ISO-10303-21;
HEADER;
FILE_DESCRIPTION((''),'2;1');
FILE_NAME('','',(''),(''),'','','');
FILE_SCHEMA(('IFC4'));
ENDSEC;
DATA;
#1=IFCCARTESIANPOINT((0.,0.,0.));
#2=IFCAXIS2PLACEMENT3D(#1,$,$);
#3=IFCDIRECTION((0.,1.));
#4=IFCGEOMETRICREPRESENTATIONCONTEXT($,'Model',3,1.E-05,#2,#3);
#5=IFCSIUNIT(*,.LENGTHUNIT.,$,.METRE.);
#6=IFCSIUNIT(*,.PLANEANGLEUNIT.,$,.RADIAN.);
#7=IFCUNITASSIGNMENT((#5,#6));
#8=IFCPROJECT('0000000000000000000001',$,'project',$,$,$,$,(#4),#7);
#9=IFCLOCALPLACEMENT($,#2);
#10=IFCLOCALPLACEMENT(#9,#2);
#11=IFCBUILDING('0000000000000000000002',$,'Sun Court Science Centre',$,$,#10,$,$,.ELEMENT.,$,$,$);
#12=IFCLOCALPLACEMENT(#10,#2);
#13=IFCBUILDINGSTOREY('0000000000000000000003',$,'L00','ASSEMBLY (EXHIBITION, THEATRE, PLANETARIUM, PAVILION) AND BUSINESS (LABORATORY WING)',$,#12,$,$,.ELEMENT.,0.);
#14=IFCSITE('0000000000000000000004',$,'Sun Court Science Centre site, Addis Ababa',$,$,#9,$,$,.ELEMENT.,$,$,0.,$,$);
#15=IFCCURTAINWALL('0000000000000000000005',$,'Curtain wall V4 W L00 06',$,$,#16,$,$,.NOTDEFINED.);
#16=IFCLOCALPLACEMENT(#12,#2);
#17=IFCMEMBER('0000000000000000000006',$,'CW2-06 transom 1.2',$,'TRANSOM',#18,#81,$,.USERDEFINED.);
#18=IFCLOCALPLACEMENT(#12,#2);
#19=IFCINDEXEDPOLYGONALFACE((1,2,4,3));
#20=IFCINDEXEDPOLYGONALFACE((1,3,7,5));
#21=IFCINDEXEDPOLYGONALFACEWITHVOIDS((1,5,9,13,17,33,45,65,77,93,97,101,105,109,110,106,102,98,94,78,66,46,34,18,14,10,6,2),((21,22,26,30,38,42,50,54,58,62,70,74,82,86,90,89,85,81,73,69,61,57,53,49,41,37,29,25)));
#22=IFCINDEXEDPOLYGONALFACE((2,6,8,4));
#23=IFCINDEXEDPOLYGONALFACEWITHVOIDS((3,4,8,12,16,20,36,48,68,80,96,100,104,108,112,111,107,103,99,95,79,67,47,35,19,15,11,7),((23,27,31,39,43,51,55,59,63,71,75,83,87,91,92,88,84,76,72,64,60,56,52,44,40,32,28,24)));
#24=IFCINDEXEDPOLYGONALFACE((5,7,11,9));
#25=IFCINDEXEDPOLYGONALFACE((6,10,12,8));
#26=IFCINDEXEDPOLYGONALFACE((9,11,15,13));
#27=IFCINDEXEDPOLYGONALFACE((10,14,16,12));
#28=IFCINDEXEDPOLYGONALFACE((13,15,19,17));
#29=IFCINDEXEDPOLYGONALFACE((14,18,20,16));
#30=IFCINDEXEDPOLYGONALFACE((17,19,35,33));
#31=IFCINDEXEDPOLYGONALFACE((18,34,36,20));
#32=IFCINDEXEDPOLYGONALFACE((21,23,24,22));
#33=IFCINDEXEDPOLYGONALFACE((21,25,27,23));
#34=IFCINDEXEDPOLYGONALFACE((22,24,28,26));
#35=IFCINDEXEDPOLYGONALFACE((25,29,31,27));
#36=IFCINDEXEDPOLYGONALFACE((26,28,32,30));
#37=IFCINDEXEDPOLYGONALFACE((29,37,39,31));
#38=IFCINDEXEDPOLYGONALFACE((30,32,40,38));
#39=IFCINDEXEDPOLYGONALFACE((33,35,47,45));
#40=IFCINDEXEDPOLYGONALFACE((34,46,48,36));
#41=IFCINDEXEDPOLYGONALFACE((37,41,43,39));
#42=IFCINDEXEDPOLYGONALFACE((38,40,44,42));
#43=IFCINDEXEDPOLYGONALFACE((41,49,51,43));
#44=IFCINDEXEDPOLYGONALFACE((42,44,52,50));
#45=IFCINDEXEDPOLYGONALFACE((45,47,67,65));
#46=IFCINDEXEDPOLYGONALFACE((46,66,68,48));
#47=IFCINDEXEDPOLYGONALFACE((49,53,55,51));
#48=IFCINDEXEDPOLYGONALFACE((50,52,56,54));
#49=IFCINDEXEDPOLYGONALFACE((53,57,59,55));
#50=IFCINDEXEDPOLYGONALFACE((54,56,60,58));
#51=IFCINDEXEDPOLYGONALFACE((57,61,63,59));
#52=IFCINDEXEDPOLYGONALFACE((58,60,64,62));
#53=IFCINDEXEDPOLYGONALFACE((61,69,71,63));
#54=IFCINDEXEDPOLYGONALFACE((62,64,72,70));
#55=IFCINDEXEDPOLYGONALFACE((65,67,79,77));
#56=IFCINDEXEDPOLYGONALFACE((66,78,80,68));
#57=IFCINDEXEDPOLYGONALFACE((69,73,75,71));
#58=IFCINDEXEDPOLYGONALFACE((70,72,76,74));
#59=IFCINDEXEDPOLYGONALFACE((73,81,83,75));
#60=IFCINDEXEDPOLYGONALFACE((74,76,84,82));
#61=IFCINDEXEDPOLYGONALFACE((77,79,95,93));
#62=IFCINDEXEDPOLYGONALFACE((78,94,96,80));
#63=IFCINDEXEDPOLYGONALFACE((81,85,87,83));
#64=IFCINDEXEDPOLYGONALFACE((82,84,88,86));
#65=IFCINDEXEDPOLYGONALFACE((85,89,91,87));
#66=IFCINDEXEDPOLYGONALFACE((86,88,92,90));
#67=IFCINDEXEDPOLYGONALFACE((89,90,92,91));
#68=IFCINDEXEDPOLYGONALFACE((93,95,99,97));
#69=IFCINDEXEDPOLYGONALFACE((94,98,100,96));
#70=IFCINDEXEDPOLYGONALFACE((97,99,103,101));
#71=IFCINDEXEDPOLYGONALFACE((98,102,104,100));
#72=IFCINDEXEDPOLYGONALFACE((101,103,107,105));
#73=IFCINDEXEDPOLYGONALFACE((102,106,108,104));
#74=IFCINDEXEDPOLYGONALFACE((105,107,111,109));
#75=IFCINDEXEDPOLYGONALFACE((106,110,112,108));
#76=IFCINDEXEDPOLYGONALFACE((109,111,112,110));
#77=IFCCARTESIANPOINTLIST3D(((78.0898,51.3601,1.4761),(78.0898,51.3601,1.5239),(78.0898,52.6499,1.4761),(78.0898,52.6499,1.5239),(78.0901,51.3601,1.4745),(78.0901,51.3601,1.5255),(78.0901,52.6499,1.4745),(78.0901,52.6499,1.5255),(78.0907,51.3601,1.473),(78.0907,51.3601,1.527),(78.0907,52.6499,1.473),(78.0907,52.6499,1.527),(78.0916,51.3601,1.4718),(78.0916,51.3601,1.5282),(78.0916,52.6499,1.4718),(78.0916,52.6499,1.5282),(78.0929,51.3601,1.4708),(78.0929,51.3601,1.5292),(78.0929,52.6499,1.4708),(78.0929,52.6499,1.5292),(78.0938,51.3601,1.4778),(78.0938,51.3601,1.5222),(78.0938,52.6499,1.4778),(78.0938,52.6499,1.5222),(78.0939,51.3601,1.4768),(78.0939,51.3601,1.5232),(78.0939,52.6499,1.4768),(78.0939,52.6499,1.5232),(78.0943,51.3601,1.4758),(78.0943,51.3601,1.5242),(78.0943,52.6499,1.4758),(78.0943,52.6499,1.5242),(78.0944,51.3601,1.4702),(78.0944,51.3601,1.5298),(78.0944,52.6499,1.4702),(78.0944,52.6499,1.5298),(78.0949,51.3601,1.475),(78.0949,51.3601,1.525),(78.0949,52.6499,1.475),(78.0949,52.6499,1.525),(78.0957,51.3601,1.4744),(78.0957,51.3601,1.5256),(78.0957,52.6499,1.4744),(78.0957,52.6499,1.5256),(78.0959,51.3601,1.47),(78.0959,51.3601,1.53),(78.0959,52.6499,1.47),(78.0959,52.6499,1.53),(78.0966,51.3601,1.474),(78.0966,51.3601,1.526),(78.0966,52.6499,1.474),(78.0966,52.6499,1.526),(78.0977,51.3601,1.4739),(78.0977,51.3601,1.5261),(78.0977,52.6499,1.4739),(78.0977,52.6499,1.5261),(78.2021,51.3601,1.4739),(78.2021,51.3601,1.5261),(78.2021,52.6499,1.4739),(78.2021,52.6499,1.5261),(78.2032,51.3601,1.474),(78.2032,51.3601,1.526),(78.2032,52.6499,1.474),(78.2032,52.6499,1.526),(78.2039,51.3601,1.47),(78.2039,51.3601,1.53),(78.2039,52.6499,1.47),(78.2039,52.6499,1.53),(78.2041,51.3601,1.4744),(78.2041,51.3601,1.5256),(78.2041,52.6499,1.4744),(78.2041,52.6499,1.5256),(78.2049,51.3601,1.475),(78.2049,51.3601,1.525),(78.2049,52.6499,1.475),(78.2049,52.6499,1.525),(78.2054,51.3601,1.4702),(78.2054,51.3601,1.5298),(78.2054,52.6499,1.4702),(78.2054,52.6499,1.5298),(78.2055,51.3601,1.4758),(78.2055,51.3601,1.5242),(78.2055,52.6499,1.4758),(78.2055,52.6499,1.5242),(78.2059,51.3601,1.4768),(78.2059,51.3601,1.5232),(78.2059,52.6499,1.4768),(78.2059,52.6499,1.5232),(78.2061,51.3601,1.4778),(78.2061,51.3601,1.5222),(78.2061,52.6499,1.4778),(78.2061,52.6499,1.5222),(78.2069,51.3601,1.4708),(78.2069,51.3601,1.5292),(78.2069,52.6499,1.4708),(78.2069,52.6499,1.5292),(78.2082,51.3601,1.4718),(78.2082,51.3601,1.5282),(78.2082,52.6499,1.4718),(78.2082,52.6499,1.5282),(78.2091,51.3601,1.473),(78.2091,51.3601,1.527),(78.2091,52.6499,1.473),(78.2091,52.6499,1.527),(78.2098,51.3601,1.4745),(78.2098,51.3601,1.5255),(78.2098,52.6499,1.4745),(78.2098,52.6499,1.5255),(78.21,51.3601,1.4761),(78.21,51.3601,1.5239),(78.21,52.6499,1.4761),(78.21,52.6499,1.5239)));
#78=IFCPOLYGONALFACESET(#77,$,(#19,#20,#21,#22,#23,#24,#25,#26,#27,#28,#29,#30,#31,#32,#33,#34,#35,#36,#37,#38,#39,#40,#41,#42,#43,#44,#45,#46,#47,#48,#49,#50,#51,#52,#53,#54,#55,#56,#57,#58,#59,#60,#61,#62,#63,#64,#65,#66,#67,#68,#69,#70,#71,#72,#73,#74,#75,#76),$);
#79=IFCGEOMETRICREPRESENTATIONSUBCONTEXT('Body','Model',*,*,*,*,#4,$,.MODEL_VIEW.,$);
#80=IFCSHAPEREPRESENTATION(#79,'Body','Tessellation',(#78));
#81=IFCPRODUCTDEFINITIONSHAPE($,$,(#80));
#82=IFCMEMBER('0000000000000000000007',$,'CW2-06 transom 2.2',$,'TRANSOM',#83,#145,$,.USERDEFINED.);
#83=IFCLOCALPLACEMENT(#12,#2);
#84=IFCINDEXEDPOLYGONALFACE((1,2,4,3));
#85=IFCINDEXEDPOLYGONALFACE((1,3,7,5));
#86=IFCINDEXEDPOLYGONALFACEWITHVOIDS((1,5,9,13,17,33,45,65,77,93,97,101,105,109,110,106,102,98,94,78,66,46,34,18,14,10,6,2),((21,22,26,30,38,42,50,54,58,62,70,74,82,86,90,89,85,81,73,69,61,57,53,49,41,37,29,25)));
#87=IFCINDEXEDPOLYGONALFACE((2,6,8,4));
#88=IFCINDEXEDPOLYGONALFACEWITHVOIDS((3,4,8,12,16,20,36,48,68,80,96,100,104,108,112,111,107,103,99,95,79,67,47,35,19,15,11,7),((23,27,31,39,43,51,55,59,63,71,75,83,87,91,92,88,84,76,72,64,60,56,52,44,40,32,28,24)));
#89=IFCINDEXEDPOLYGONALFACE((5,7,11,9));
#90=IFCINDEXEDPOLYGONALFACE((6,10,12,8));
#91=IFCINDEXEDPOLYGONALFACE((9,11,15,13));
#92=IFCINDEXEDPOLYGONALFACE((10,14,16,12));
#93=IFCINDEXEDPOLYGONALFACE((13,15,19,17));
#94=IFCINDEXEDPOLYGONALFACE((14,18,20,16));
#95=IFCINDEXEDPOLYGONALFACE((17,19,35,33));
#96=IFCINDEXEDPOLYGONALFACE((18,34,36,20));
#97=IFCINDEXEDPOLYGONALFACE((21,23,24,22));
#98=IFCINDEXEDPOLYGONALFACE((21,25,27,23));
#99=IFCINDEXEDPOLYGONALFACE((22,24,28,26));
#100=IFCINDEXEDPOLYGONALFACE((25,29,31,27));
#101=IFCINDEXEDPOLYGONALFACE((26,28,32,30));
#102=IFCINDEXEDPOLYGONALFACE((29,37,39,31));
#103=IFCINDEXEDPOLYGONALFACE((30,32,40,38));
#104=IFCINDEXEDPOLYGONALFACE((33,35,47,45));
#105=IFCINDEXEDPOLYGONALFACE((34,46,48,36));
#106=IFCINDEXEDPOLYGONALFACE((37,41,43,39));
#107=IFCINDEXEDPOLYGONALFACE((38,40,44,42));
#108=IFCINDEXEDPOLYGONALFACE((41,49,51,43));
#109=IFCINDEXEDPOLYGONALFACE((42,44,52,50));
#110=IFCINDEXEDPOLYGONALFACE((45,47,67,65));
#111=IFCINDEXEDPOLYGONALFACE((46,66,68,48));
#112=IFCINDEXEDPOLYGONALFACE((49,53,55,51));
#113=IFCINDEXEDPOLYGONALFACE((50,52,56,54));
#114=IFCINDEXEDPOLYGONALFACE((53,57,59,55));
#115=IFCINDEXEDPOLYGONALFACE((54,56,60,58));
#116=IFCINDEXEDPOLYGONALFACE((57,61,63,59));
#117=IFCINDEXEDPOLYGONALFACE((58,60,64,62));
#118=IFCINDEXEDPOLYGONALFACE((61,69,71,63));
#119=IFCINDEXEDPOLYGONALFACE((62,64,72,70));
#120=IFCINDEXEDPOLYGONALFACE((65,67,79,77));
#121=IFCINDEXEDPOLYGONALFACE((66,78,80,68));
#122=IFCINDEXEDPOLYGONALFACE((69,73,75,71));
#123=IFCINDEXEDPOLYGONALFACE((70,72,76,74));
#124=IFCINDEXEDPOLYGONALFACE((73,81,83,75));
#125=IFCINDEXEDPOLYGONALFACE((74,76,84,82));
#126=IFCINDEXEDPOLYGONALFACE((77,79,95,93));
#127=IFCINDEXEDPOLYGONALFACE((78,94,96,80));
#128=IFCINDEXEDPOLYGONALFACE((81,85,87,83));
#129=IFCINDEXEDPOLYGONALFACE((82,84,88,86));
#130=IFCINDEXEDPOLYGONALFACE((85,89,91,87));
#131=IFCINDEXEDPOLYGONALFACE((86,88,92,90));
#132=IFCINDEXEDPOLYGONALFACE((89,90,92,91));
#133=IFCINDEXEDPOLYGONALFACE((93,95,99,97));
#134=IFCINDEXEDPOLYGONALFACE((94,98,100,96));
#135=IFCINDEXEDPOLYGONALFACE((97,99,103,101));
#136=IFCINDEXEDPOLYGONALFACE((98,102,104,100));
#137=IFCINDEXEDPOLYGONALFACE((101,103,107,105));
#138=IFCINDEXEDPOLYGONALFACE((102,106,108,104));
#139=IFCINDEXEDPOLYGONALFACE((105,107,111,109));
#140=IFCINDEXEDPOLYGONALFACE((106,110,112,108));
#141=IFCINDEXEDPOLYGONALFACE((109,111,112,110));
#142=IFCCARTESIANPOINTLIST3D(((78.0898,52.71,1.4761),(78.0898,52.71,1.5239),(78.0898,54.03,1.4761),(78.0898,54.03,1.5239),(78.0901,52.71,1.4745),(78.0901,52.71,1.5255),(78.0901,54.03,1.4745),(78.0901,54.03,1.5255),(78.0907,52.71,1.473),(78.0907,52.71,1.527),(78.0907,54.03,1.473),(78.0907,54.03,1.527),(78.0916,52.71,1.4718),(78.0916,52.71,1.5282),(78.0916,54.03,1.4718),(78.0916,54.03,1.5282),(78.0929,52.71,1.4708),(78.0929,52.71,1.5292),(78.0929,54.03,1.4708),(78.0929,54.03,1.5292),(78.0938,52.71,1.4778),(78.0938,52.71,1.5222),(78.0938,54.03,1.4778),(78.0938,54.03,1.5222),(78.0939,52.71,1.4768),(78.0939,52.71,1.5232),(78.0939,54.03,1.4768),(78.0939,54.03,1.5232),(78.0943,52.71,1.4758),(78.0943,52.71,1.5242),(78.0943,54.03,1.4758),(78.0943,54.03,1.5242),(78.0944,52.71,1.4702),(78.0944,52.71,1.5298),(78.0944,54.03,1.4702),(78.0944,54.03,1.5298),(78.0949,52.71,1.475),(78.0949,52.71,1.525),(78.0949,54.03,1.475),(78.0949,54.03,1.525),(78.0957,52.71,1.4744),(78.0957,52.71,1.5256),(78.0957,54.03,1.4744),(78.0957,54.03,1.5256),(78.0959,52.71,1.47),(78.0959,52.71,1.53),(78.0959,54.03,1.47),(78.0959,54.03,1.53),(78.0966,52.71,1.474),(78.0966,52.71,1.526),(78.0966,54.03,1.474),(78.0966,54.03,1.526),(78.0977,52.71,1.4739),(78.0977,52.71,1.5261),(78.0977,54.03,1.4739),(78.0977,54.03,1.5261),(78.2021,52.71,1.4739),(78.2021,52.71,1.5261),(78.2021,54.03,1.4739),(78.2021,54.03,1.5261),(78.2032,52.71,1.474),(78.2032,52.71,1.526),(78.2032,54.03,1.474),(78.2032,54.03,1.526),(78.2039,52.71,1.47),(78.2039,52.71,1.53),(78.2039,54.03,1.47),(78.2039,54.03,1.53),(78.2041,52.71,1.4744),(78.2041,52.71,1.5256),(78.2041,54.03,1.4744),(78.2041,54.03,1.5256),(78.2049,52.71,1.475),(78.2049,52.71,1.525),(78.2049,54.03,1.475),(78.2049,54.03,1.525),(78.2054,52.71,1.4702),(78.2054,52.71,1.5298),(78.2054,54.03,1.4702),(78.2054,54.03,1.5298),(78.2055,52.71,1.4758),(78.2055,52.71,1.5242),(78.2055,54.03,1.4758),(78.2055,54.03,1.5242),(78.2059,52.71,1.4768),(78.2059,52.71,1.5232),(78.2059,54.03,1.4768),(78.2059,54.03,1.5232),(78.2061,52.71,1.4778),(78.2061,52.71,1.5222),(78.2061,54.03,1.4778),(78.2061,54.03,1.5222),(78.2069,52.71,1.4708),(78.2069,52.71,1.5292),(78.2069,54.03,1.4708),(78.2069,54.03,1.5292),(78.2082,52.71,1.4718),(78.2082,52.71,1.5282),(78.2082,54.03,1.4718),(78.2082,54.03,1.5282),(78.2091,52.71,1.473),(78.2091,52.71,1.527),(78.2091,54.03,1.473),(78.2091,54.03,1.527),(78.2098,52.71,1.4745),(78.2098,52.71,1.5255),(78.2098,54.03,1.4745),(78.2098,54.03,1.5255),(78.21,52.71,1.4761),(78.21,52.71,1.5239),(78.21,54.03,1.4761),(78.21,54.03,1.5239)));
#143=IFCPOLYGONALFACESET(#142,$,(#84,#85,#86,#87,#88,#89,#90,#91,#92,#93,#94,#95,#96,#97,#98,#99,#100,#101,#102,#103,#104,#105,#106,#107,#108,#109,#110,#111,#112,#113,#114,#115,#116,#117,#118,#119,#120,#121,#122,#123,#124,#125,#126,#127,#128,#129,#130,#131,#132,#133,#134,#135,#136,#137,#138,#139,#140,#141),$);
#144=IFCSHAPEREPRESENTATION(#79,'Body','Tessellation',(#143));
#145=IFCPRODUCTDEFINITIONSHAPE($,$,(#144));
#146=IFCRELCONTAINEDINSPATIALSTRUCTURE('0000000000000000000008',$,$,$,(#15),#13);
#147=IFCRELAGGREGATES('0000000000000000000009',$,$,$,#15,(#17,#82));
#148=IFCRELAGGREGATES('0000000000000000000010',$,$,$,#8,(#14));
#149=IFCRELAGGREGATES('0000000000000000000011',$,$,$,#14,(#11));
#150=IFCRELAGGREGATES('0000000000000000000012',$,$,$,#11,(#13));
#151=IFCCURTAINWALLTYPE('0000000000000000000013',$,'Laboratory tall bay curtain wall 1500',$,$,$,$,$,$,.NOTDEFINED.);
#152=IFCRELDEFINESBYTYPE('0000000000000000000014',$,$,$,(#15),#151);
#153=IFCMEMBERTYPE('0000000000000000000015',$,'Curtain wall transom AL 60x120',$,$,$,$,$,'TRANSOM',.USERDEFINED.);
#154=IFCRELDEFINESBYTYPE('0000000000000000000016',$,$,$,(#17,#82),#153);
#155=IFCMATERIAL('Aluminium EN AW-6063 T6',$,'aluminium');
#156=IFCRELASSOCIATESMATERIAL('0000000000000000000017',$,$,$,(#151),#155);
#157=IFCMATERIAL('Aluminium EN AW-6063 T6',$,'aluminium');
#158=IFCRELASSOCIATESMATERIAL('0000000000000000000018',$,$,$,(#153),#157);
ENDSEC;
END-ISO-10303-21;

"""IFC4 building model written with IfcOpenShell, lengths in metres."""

from ifc_helpers import new_model, si_unit, direction, frame, origin, origin_2d, place, context, subcontext, project, spatial, hollow_rectangle, extrude, material, material_profile, profile_set, type_object, element, aggregate, save


model = new_model("IFC4")

# Units and contexts
model_context = context("Model", 3, precision=1e-05, world=origin(), true_north=direction((0.0, 1.0)))
body_context = subcontext(model_context, "Body", "Model", "MODEL_VIEW")
ifc_project = project(units=[si_unit("LENGTHUNIT", "METRE"), si_unit("PLANEANGLEUNIT", "RADIAN")], contexts=[model_context])

# Site, building, storey
site_placement = place(None, origin())
site = spatial("IfcSite", under=ifc_project, at=site_placement, Name="Sun Court Science Centre site, Addis Ababa", CompositionType="ELEMENT", RefElevation=0.0)
building_placement = place(site_placement, origin())
building = spatial("IfcBuilding", under=site, at=building_placement, Name="Sun Court Science Centre", CompositionType="ELEMENT")
storey_placement = place(building_placement, origin())
storey = spatial("IfcBuildingStorey", under=building, at=storey_placement, Name="L00", Description="ASSEMBLY (EXHIBITION, THEATRE, PLANETARIUM, PAVILION) AND BUSINESS (LABORATORY WING)", CompositionType="ELEMENT", Elevation=0.0)

# Curtain wall, members
ifc_material_1 = material(Name="Aluminium EN AW-6063 T6", Category="aluminium")
curtain_wall_type = type_object("IfcCurtainWallType", Name="Laboratory tall bay curtain wall 1500", PredefinedType="NOTDEFINED", material=ifc_material_1)
curtain_wall_placement = place(storey_placement, origin())
curtain_wall = element("IfcCurtainWall", 1, at=curtain_wall_placement, inside=storey, type_object=curtain_wall_type, Name="Curtain wall V4 W L00 06", PredefinedType="NOTDEFINED")
ifc_material_2 = material(Name="Aluminium EN AW-6063 T6", Category="aluminium")
ifc_material_profile_1 = material_profile(ifc_material_2, hollow_rectangle(XDim=0.0601, YDim=0.1201, WallThickness=0.0039, InnerFilletRadius=0.0039, OuterFilletRadius=0.0061, at=origin_2d()), Name="AL 60x120x4")
ifc_profile_set_1 = profile_set([ifc_material_profile_1], Name="Aluminium EN AW-6063 T6")
member_type_1 = type_object("IfcMemberType", Name="Curtain wall transom AL 60x120", ElementType="TRANSOM", PredefinedType="USERDEFINED", material=ifc_profile_set_1)
member_1_placement = place(storey_placement, frame((78.1499, 51.3601, 1.5), z_axis=(0.0, 1.0, 0.0), x_axis=(0.0, 0.0, 1.0)))
member_1 = element("IfcMember", 2, at=member_1_placement, type_object=member_type_1, Name="CW2-06 transom 1.2", ObjectType="TRANSOM", PredefinedType="USERDEFINED", context=body_context, shape_type="SweptSolid", body=[
    extrude(hollow_rectangle(XDim=0.0601, YDim=0.1201, WallThickness=0.0039, InnerFilletRadius=0.0039, OuterFilletRadius=0.0061, at=origin_2d()), origin(), (0.0, 0.0, 1.0), 1.2898),
])
member_2_placement = place(storey_placement, frame((78.1499, 52.71, 1.5), z_axis=(0.0, 1.0, 0.0), x_axis=(0.0, 0.0, 1.0)))
member_2 = element("IfcMember", 3, at=member_2_placement, type_object=member_type_1, Name="CW2-06 transom 2.2", ObjectType="TRANSOM", PredefinedType="USERDEFINED", context=body_context, shape_type="SweptSolid", body=[
    extrude(hollow_rectangle(XDim=0.0601, YDim=0.1201, WallThickness=0.0039, InnerFilletRadius=0.0039, OuterFilletRadius=0.0061, at=origin_2d()), origin(), (0.0, 0.0, 1.0), 1.3201),
])
aggregate(curtain_wall, [member_1, member_2])

save(model, "model.ifc")
